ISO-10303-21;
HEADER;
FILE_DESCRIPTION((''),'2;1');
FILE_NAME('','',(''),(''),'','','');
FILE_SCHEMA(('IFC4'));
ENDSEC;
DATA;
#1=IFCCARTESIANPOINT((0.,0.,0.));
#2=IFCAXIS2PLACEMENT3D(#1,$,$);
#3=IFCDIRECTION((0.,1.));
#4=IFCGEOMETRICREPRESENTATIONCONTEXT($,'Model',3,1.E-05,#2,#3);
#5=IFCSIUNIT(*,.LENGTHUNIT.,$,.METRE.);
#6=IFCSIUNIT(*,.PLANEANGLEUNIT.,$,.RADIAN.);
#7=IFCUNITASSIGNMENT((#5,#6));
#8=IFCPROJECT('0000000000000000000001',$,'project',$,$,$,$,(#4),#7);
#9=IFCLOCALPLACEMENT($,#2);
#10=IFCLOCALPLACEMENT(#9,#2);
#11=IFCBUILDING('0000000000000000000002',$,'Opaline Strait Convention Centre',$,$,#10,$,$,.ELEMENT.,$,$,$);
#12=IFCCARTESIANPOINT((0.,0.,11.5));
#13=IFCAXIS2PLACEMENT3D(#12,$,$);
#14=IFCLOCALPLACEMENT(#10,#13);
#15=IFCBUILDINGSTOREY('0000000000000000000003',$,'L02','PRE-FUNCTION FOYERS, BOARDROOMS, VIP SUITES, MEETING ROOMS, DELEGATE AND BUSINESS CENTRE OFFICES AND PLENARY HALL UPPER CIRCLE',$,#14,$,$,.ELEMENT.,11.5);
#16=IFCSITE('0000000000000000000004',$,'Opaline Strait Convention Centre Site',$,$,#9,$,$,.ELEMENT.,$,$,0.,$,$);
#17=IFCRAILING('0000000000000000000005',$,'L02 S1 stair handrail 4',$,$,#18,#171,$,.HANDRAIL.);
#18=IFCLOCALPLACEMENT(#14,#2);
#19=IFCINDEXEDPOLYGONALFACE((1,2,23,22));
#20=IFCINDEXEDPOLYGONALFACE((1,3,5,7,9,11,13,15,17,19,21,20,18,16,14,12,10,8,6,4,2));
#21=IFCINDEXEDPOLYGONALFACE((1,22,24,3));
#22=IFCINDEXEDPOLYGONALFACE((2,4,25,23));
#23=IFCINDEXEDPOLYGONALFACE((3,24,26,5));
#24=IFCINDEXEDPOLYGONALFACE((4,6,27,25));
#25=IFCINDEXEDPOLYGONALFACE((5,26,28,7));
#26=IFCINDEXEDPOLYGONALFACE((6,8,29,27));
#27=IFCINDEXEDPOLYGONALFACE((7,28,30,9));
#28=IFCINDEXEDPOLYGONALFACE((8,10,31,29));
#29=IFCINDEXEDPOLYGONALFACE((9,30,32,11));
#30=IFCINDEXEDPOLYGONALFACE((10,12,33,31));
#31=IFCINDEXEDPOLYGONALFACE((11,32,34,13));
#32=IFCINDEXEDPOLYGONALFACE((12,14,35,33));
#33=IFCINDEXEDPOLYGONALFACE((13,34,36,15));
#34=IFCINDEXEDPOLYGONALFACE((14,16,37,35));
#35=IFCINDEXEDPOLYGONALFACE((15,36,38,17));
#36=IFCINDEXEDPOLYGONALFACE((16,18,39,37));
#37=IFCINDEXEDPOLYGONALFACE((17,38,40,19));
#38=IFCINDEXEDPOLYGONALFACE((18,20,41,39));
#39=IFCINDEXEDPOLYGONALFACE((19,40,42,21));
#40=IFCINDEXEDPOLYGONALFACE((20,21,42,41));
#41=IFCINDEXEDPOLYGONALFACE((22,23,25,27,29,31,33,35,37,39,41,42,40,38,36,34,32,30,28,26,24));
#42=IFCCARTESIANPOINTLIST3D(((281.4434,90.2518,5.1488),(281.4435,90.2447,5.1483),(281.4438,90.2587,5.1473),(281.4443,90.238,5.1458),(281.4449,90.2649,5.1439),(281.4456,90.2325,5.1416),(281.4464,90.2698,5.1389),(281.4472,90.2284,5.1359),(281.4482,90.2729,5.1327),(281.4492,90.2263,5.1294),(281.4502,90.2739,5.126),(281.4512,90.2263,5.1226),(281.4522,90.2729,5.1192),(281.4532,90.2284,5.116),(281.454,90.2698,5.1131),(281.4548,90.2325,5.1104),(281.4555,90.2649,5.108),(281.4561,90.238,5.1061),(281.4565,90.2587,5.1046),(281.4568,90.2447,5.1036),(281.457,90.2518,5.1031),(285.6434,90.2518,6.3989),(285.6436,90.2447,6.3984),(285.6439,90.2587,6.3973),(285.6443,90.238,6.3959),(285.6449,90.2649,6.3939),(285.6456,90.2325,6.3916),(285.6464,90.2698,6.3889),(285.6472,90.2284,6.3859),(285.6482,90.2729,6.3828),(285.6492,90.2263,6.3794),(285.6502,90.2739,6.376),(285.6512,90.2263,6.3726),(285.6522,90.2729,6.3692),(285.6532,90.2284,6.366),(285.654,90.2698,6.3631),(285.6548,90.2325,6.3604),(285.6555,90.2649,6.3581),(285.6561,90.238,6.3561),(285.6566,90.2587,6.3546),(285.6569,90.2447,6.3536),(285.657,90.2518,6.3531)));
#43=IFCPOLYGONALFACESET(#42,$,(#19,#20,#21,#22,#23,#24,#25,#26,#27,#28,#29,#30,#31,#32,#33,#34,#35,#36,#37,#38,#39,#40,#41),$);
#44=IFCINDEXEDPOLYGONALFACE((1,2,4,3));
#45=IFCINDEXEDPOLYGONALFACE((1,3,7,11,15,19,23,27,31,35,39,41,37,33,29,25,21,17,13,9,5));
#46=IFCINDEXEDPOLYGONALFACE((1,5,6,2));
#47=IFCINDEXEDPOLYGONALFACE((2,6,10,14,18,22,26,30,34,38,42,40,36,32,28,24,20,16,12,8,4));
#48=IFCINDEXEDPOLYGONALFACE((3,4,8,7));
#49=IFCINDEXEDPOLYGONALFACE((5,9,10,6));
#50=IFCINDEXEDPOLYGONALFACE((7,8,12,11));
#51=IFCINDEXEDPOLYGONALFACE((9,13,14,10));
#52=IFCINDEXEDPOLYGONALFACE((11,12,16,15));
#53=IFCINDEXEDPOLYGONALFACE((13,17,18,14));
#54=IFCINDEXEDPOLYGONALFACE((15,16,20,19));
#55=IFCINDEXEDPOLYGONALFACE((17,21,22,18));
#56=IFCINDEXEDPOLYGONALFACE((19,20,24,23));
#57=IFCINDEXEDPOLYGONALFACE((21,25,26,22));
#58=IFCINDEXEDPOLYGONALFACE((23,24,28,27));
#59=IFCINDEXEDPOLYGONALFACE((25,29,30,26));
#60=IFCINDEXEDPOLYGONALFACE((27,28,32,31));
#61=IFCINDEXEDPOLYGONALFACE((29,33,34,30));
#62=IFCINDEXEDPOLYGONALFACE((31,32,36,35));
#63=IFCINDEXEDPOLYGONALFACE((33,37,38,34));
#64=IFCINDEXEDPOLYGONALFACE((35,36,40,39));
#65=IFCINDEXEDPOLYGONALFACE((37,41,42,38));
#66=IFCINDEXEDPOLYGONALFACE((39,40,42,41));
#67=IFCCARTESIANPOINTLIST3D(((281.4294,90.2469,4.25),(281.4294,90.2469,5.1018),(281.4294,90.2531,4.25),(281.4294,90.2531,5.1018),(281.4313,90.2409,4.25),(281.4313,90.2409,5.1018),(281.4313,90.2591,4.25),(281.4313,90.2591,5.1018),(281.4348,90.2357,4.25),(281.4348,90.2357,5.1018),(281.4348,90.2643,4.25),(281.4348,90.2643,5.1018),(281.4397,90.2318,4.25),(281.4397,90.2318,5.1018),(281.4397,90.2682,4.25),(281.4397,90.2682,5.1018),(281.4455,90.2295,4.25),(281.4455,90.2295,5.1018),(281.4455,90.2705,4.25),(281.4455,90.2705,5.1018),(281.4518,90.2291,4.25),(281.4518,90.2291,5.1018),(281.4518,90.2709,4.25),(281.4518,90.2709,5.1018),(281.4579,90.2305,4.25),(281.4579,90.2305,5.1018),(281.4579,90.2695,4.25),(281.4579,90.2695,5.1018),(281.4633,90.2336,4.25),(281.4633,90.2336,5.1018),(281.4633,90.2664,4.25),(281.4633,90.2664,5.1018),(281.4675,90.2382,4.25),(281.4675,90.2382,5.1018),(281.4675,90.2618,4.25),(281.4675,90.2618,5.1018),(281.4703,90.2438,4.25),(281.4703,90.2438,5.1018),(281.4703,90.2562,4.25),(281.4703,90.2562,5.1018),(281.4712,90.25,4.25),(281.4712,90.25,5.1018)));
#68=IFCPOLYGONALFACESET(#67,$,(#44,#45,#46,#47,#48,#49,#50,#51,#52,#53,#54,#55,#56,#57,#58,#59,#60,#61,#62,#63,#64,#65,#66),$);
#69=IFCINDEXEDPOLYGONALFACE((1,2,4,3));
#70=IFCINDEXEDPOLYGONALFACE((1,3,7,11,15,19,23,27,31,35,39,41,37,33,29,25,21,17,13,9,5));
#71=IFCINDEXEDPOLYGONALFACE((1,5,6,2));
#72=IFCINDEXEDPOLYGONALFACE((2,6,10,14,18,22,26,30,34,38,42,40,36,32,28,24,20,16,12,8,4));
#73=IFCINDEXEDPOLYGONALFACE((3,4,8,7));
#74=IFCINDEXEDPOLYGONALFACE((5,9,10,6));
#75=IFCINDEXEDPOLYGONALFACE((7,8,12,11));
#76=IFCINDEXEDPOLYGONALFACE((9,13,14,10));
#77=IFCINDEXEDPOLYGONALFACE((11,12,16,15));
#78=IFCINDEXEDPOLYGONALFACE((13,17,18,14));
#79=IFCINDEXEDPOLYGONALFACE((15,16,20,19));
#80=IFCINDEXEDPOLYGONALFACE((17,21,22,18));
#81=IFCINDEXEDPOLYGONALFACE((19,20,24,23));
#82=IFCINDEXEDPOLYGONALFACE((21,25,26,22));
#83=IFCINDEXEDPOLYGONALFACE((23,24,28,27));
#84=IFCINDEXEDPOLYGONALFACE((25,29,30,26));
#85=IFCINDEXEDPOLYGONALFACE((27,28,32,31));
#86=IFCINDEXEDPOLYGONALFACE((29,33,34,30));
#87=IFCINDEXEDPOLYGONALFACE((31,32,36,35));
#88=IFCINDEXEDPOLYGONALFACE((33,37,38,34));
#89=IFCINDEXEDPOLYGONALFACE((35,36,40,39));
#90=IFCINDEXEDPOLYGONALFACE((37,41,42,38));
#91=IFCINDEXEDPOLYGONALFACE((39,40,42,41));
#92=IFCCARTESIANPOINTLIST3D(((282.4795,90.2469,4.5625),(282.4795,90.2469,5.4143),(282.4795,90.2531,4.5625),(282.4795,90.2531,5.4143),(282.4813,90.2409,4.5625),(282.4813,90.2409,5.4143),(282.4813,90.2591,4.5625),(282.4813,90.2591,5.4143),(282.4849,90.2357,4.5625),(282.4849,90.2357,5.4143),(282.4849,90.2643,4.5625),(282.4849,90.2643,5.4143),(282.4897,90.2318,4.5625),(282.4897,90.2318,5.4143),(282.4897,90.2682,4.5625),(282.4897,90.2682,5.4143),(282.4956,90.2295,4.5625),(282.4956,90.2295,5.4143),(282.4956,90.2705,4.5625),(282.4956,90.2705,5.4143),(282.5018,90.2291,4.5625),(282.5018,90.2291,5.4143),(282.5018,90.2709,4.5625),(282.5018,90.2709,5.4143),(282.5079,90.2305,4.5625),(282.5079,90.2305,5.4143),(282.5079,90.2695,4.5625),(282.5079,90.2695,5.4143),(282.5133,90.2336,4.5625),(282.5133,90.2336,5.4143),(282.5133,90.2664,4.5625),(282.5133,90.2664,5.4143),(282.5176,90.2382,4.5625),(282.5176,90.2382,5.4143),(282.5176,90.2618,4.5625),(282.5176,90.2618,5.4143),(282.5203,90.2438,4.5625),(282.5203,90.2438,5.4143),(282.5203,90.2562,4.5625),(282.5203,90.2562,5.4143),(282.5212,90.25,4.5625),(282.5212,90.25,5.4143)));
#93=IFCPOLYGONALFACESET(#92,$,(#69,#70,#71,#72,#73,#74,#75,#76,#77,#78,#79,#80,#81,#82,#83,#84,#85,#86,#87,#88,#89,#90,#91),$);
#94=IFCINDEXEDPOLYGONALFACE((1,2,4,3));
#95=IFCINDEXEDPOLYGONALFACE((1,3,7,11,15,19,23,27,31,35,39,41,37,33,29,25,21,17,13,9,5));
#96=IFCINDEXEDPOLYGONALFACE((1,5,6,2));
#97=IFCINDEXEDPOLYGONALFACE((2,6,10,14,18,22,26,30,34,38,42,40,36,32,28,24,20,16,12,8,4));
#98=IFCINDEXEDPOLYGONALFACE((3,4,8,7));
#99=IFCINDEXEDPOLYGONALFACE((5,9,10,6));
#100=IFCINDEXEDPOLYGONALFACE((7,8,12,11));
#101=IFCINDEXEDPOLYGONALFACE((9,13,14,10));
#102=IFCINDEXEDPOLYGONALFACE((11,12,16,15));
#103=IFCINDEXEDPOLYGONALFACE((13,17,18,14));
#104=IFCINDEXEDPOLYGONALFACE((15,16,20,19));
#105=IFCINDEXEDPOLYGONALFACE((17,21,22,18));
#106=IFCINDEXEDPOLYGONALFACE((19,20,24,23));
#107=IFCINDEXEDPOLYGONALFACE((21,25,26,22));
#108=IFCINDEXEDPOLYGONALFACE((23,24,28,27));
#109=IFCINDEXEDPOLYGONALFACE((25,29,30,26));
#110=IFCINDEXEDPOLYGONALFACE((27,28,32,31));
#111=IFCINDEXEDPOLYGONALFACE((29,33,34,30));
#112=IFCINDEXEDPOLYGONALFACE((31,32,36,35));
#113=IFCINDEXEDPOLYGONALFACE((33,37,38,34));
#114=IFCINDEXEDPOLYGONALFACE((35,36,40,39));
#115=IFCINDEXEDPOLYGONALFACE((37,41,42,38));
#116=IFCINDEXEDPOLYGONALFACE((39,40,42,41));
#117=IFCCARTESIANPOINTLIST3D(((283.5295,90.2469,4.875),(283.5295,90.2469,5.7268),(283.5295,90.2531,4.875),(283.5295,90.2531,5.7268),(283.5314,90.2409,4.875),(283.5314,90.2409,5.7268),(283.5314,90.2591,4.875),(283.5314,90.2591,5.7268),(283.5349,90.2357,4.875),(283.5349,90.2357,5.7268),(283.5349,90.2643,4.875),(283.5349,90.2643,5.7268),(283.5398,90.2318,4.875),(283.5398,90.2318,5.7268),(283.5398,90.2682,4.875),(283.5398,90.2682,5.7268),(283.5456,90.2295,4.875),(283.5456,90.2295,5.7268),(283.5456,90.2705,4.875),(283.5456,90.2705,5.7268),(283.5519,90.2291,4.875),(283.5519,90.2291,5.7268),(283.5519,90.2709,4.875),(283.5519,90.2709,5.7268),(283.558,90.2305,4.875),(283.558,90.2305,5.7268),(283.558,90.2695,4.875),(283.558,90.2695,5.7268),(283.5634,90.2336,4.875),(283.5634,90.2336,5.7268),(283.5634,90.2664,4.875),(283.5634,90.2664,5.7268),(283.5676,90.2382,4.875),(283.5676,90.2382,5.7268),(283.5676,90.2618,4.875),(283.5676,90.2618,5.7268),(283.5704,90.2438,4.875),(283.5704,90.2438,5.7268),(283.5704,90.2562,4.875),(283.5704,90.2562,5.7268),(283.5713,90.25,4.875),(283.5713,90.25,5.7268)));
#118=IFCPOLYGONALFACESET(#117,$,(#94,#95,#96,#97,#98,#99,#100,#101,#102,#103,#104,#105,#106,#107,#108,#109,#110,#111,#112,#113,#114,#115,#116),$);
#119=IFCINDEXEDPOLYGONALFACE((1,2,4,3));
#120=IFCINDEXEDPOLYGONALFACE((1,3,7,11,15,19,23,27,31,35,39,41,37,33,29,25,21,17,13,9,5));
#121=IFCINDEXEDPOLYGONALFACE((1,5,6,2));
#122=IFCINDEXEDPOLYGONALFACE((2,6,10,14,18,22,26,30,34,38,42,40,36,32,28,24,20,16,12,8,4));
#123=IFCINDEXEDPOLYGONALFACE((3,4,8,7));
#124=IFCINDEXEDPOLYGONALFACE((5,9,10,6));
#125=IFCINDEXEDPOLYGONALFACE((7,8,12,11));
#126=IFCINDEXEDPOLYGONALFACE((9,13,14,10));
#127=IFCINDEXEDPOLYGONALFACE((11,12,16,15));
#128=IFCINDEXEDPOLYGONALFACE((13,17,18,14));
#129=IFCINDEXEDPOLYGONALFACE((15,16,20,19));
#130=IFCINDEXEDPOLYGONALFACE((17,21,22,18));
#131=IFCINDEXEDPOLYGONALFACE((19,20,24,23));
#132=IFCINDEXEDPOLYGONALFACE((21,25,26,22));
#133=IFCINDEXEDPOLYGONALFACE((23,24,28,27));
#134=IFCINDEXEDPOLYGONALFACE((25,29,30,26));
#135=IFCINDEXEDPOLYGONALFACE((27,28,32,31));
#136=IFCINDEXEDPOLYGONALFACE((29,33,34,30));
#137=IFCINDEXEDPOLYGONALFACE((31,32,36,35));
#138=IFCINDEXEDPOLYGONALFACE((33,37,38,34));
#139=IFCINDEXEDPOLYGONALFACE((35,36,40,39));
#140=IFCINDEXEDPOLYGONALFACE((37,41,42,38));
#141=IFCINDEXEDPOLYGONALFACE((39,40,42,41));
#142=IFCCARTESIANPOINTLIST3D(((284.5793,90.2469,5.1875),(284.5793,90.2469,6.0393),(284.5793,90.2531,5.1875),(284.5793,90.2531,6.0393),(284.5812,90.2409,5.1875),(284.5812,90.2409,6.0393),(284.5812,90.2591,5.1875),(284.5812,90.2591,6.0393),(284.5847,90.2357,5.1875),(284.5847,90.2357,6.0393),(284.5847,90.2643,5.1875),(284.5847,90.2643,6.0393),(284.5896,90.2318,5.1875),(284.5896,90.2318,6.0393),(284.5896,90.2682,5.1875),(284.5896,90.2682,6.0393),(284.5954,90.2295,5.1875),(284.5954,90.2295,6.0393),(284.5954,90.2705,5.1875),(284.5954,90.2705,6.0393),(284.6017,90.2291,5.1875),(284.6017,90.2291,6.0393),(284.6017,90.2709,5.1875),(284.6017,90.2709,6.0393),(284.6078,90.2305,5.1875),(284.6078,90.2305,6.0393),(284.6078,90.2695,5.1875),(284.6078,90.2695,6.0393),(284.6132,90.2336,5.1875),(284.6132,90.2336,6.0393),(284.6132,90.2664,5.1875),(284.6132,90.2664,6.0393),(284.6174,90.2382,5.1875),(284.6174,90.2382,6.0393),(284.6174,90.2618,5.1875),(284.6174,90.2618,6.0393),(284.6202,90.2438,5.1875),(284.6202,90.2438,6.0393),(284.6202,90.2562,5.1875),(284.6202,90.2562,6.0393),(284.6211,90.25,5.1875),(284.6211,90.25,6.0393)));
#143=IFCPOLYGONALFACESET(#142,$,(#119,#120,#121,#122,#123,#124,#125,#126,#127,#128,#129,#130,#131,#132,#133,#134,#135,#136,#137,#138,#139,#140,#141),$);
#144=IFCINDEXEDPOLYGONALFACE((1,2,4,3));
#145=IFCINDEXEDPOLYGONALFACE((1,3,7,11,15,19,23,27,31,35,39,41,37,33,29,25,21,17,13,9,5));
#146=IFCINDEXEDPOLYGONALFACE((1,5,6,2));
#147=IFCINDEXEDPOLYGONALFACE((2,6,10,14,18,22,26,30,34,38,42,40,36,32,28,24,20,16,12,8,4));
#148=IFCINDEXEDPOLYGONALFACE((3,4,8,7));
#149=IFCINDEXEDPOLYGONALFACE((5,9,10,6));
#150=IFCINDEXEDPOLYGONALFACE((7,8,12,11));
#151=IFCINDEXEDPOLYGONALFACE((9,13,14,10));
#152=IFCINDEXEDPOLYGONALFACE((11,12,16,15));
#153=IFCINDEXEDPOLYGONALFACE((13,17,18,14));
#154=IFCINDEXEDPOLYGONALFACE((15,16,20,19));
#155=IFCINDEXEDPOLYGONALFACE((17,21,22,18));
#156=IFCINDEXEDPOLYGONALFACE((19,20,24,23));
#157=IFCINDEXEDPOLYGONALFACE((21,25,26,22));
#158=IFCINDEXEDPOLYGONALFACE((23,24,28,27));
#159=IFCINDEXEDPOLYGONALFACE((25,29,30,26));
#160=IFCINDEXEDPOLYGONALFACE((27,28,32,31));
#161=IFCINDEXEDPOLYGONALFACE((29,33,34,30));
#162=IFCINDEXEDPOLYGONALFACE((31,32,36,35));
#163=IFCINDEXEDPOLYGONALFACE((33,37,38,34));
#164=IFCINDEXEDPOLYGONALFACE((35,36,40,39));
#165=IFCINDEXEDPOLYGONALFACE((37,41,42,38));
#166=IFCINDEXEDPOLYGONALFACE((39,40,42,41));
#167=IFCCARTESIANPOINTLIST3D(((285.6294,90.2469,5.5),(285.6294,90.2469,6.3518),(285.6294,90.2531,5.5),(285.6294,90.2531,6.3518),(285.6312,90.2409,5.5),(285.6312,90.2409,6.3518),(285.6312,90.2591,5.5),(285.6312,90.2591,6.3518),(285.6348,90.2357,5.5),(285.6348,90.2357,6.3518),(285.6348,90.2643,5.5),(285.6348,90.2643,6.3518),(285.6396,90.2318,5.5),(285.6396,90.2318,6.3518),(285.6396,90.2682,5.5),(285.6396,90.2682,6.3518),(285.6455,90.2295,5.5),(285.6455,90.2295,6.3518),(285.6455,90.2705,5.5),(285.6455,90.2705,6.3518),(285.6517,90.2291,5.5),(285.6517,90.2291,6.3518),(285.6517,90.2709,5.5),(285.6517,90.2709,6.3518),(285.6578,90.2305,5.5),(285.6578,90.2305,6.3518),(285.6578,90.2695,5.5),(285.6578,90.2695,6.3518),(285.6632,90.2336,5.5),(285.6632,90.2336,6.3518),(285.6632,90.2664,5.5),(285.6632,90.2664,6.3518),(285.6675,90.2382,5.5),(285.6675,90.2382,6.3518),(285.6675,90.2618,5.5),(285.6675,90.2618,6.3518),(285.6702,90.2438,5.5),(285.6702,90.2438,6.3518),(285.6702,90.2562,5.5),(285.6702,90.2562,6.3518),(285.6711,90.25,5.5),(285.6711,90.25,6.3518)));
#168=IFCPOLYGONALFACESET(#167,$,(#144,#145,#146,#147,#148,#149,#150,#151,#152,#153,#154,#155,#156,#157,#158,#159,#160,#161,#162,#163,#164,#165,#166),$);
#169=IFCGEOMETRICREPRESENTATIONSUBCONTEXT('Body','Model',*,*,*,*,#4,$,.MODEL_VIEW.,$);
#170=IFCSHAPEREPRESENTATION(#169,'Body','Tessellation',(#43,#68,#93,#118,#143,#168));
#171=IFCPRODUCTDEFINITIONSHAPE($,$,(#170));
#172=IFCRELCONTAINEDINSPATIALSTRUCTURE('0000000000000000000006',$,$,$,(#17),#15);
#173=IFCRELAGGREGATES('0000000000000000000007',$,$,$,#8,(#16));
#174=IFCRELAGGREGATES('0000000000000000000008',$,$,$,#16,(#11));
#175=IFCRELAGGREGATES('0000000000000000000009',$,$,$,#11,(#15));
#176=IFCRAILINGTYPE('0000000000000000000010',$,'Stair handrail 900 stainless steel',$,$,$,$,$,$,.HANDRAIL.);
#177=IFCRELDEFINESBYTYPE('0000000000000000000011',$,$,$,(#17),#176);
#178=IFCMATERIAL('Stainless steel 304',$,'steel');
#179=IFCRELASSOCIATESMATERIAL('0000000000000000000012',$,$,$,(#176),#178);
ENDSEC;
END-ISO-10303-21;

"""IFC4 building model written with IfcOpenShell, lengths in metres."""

from ifc_helpers import new_model, si_unit, direction, frame, origin, origin_2d, place, context, subcontext, project, spatial, circle, extrude, material, type_object, element, save


model = new_model("IFC4")

# Units and contexts
model_context = context("Model", 3, precision=1e-05, world=origin(), true_north=direction((0.0, 1.0)))
body_context = subcontext(model_context, "Body", "Model", "MODEL_VIEW")
ifc_project = project(units=[si_unit("LENGTHUNIT", "METRE"), si_unit("PLANEANGLEUNIT", "RADIAN")], contexts=[model_context])

# Site, building, storey
site_placement = place(None, origin())
site = spatial("IfcSite", under=ifc_project, at=site_placement, Name="Opaline Strait Convention Centre Site", CompositionType="ELEMENT", RefElevation=0.0)
building_placement = place(site_placement, origin())
building = spatial("IfcBuilding", under=site, at=building_placement, Name="Opaline Strait Convention Centre", CompositionType="ELEMENT")
storey_placement = place(building_placement, frame((0.0, 0.0, 11.5)))
storey = spatial("IfcBuildingStorey", under=building, at=storey_placement, Name="L02", Description="PRE-FUNCTION FOYERS, BOARDROOMS, VIP SUITES, MEETING ROOMS, DELEGATE AND BUSINESS CENTRE OFFICES AND PLENARY HALL UPPER CIRCLE", CompositionType="ELEMENT", Elevation=11.5)

# Railing
ifc_material_1 = material(Name="Stainless steel 304", Category="steel")
railing_type = type_object("IfcRailingType", Name="Stair handrail 900 stainless steel", PredefinedType="HANDRAIL", material=ifc_material_1)
for number, where, name in (
    (1, (281.4502, 90.25, 4.25), "L02 S1 stair handrail 4"),
):
    element("IfcRailing", number, at=place(storey_placement, frame(where)), inside=storey, type_object=railing_type, Name=name, PredefinedType="HANDRAIL", context=body_context, shape_type="SweptSolid", body=[
        extrude(circle(Radius=0.0239, at=origin_2d()), frame((0.0, 0.0, 0.876), z_axis=(0.958451, 0.0, 0.285257), x_axis=(0.0, 1.0, 0.0)), (0.0, 0.0, 1.0), 4.3821),
        extrude(circle(Radius=0.021, at=origin_2d()), origin(), (0.0, 0.0, 1.0), 0.8518),
        extrude(circle(Radius=0.021, at=origin_2d()), frame((1.05, 0.0, 0.3125)), (0.0, 0.0, 1.0), 0.8518),
        extrude(circle(Radius=0.021, at=origin_2d()), frame((2.1001, 0.0, 0.625)), (0.0, 0.0, 1.0), 0.8518),
        extrude(circle(Radius=0.021, at=origin_2d()), frame((3.1499, 0.0, 0.9375)), (0.0, 0.0, 1.0), 0.8518),
        extrude(circle(Radius=0.021, at=origin_2d()), frame((4.2, 0.0, 1.25)), (0.0, 0.0, 1.0), 0.8518),
    ])

save(model, "model.ifc")
